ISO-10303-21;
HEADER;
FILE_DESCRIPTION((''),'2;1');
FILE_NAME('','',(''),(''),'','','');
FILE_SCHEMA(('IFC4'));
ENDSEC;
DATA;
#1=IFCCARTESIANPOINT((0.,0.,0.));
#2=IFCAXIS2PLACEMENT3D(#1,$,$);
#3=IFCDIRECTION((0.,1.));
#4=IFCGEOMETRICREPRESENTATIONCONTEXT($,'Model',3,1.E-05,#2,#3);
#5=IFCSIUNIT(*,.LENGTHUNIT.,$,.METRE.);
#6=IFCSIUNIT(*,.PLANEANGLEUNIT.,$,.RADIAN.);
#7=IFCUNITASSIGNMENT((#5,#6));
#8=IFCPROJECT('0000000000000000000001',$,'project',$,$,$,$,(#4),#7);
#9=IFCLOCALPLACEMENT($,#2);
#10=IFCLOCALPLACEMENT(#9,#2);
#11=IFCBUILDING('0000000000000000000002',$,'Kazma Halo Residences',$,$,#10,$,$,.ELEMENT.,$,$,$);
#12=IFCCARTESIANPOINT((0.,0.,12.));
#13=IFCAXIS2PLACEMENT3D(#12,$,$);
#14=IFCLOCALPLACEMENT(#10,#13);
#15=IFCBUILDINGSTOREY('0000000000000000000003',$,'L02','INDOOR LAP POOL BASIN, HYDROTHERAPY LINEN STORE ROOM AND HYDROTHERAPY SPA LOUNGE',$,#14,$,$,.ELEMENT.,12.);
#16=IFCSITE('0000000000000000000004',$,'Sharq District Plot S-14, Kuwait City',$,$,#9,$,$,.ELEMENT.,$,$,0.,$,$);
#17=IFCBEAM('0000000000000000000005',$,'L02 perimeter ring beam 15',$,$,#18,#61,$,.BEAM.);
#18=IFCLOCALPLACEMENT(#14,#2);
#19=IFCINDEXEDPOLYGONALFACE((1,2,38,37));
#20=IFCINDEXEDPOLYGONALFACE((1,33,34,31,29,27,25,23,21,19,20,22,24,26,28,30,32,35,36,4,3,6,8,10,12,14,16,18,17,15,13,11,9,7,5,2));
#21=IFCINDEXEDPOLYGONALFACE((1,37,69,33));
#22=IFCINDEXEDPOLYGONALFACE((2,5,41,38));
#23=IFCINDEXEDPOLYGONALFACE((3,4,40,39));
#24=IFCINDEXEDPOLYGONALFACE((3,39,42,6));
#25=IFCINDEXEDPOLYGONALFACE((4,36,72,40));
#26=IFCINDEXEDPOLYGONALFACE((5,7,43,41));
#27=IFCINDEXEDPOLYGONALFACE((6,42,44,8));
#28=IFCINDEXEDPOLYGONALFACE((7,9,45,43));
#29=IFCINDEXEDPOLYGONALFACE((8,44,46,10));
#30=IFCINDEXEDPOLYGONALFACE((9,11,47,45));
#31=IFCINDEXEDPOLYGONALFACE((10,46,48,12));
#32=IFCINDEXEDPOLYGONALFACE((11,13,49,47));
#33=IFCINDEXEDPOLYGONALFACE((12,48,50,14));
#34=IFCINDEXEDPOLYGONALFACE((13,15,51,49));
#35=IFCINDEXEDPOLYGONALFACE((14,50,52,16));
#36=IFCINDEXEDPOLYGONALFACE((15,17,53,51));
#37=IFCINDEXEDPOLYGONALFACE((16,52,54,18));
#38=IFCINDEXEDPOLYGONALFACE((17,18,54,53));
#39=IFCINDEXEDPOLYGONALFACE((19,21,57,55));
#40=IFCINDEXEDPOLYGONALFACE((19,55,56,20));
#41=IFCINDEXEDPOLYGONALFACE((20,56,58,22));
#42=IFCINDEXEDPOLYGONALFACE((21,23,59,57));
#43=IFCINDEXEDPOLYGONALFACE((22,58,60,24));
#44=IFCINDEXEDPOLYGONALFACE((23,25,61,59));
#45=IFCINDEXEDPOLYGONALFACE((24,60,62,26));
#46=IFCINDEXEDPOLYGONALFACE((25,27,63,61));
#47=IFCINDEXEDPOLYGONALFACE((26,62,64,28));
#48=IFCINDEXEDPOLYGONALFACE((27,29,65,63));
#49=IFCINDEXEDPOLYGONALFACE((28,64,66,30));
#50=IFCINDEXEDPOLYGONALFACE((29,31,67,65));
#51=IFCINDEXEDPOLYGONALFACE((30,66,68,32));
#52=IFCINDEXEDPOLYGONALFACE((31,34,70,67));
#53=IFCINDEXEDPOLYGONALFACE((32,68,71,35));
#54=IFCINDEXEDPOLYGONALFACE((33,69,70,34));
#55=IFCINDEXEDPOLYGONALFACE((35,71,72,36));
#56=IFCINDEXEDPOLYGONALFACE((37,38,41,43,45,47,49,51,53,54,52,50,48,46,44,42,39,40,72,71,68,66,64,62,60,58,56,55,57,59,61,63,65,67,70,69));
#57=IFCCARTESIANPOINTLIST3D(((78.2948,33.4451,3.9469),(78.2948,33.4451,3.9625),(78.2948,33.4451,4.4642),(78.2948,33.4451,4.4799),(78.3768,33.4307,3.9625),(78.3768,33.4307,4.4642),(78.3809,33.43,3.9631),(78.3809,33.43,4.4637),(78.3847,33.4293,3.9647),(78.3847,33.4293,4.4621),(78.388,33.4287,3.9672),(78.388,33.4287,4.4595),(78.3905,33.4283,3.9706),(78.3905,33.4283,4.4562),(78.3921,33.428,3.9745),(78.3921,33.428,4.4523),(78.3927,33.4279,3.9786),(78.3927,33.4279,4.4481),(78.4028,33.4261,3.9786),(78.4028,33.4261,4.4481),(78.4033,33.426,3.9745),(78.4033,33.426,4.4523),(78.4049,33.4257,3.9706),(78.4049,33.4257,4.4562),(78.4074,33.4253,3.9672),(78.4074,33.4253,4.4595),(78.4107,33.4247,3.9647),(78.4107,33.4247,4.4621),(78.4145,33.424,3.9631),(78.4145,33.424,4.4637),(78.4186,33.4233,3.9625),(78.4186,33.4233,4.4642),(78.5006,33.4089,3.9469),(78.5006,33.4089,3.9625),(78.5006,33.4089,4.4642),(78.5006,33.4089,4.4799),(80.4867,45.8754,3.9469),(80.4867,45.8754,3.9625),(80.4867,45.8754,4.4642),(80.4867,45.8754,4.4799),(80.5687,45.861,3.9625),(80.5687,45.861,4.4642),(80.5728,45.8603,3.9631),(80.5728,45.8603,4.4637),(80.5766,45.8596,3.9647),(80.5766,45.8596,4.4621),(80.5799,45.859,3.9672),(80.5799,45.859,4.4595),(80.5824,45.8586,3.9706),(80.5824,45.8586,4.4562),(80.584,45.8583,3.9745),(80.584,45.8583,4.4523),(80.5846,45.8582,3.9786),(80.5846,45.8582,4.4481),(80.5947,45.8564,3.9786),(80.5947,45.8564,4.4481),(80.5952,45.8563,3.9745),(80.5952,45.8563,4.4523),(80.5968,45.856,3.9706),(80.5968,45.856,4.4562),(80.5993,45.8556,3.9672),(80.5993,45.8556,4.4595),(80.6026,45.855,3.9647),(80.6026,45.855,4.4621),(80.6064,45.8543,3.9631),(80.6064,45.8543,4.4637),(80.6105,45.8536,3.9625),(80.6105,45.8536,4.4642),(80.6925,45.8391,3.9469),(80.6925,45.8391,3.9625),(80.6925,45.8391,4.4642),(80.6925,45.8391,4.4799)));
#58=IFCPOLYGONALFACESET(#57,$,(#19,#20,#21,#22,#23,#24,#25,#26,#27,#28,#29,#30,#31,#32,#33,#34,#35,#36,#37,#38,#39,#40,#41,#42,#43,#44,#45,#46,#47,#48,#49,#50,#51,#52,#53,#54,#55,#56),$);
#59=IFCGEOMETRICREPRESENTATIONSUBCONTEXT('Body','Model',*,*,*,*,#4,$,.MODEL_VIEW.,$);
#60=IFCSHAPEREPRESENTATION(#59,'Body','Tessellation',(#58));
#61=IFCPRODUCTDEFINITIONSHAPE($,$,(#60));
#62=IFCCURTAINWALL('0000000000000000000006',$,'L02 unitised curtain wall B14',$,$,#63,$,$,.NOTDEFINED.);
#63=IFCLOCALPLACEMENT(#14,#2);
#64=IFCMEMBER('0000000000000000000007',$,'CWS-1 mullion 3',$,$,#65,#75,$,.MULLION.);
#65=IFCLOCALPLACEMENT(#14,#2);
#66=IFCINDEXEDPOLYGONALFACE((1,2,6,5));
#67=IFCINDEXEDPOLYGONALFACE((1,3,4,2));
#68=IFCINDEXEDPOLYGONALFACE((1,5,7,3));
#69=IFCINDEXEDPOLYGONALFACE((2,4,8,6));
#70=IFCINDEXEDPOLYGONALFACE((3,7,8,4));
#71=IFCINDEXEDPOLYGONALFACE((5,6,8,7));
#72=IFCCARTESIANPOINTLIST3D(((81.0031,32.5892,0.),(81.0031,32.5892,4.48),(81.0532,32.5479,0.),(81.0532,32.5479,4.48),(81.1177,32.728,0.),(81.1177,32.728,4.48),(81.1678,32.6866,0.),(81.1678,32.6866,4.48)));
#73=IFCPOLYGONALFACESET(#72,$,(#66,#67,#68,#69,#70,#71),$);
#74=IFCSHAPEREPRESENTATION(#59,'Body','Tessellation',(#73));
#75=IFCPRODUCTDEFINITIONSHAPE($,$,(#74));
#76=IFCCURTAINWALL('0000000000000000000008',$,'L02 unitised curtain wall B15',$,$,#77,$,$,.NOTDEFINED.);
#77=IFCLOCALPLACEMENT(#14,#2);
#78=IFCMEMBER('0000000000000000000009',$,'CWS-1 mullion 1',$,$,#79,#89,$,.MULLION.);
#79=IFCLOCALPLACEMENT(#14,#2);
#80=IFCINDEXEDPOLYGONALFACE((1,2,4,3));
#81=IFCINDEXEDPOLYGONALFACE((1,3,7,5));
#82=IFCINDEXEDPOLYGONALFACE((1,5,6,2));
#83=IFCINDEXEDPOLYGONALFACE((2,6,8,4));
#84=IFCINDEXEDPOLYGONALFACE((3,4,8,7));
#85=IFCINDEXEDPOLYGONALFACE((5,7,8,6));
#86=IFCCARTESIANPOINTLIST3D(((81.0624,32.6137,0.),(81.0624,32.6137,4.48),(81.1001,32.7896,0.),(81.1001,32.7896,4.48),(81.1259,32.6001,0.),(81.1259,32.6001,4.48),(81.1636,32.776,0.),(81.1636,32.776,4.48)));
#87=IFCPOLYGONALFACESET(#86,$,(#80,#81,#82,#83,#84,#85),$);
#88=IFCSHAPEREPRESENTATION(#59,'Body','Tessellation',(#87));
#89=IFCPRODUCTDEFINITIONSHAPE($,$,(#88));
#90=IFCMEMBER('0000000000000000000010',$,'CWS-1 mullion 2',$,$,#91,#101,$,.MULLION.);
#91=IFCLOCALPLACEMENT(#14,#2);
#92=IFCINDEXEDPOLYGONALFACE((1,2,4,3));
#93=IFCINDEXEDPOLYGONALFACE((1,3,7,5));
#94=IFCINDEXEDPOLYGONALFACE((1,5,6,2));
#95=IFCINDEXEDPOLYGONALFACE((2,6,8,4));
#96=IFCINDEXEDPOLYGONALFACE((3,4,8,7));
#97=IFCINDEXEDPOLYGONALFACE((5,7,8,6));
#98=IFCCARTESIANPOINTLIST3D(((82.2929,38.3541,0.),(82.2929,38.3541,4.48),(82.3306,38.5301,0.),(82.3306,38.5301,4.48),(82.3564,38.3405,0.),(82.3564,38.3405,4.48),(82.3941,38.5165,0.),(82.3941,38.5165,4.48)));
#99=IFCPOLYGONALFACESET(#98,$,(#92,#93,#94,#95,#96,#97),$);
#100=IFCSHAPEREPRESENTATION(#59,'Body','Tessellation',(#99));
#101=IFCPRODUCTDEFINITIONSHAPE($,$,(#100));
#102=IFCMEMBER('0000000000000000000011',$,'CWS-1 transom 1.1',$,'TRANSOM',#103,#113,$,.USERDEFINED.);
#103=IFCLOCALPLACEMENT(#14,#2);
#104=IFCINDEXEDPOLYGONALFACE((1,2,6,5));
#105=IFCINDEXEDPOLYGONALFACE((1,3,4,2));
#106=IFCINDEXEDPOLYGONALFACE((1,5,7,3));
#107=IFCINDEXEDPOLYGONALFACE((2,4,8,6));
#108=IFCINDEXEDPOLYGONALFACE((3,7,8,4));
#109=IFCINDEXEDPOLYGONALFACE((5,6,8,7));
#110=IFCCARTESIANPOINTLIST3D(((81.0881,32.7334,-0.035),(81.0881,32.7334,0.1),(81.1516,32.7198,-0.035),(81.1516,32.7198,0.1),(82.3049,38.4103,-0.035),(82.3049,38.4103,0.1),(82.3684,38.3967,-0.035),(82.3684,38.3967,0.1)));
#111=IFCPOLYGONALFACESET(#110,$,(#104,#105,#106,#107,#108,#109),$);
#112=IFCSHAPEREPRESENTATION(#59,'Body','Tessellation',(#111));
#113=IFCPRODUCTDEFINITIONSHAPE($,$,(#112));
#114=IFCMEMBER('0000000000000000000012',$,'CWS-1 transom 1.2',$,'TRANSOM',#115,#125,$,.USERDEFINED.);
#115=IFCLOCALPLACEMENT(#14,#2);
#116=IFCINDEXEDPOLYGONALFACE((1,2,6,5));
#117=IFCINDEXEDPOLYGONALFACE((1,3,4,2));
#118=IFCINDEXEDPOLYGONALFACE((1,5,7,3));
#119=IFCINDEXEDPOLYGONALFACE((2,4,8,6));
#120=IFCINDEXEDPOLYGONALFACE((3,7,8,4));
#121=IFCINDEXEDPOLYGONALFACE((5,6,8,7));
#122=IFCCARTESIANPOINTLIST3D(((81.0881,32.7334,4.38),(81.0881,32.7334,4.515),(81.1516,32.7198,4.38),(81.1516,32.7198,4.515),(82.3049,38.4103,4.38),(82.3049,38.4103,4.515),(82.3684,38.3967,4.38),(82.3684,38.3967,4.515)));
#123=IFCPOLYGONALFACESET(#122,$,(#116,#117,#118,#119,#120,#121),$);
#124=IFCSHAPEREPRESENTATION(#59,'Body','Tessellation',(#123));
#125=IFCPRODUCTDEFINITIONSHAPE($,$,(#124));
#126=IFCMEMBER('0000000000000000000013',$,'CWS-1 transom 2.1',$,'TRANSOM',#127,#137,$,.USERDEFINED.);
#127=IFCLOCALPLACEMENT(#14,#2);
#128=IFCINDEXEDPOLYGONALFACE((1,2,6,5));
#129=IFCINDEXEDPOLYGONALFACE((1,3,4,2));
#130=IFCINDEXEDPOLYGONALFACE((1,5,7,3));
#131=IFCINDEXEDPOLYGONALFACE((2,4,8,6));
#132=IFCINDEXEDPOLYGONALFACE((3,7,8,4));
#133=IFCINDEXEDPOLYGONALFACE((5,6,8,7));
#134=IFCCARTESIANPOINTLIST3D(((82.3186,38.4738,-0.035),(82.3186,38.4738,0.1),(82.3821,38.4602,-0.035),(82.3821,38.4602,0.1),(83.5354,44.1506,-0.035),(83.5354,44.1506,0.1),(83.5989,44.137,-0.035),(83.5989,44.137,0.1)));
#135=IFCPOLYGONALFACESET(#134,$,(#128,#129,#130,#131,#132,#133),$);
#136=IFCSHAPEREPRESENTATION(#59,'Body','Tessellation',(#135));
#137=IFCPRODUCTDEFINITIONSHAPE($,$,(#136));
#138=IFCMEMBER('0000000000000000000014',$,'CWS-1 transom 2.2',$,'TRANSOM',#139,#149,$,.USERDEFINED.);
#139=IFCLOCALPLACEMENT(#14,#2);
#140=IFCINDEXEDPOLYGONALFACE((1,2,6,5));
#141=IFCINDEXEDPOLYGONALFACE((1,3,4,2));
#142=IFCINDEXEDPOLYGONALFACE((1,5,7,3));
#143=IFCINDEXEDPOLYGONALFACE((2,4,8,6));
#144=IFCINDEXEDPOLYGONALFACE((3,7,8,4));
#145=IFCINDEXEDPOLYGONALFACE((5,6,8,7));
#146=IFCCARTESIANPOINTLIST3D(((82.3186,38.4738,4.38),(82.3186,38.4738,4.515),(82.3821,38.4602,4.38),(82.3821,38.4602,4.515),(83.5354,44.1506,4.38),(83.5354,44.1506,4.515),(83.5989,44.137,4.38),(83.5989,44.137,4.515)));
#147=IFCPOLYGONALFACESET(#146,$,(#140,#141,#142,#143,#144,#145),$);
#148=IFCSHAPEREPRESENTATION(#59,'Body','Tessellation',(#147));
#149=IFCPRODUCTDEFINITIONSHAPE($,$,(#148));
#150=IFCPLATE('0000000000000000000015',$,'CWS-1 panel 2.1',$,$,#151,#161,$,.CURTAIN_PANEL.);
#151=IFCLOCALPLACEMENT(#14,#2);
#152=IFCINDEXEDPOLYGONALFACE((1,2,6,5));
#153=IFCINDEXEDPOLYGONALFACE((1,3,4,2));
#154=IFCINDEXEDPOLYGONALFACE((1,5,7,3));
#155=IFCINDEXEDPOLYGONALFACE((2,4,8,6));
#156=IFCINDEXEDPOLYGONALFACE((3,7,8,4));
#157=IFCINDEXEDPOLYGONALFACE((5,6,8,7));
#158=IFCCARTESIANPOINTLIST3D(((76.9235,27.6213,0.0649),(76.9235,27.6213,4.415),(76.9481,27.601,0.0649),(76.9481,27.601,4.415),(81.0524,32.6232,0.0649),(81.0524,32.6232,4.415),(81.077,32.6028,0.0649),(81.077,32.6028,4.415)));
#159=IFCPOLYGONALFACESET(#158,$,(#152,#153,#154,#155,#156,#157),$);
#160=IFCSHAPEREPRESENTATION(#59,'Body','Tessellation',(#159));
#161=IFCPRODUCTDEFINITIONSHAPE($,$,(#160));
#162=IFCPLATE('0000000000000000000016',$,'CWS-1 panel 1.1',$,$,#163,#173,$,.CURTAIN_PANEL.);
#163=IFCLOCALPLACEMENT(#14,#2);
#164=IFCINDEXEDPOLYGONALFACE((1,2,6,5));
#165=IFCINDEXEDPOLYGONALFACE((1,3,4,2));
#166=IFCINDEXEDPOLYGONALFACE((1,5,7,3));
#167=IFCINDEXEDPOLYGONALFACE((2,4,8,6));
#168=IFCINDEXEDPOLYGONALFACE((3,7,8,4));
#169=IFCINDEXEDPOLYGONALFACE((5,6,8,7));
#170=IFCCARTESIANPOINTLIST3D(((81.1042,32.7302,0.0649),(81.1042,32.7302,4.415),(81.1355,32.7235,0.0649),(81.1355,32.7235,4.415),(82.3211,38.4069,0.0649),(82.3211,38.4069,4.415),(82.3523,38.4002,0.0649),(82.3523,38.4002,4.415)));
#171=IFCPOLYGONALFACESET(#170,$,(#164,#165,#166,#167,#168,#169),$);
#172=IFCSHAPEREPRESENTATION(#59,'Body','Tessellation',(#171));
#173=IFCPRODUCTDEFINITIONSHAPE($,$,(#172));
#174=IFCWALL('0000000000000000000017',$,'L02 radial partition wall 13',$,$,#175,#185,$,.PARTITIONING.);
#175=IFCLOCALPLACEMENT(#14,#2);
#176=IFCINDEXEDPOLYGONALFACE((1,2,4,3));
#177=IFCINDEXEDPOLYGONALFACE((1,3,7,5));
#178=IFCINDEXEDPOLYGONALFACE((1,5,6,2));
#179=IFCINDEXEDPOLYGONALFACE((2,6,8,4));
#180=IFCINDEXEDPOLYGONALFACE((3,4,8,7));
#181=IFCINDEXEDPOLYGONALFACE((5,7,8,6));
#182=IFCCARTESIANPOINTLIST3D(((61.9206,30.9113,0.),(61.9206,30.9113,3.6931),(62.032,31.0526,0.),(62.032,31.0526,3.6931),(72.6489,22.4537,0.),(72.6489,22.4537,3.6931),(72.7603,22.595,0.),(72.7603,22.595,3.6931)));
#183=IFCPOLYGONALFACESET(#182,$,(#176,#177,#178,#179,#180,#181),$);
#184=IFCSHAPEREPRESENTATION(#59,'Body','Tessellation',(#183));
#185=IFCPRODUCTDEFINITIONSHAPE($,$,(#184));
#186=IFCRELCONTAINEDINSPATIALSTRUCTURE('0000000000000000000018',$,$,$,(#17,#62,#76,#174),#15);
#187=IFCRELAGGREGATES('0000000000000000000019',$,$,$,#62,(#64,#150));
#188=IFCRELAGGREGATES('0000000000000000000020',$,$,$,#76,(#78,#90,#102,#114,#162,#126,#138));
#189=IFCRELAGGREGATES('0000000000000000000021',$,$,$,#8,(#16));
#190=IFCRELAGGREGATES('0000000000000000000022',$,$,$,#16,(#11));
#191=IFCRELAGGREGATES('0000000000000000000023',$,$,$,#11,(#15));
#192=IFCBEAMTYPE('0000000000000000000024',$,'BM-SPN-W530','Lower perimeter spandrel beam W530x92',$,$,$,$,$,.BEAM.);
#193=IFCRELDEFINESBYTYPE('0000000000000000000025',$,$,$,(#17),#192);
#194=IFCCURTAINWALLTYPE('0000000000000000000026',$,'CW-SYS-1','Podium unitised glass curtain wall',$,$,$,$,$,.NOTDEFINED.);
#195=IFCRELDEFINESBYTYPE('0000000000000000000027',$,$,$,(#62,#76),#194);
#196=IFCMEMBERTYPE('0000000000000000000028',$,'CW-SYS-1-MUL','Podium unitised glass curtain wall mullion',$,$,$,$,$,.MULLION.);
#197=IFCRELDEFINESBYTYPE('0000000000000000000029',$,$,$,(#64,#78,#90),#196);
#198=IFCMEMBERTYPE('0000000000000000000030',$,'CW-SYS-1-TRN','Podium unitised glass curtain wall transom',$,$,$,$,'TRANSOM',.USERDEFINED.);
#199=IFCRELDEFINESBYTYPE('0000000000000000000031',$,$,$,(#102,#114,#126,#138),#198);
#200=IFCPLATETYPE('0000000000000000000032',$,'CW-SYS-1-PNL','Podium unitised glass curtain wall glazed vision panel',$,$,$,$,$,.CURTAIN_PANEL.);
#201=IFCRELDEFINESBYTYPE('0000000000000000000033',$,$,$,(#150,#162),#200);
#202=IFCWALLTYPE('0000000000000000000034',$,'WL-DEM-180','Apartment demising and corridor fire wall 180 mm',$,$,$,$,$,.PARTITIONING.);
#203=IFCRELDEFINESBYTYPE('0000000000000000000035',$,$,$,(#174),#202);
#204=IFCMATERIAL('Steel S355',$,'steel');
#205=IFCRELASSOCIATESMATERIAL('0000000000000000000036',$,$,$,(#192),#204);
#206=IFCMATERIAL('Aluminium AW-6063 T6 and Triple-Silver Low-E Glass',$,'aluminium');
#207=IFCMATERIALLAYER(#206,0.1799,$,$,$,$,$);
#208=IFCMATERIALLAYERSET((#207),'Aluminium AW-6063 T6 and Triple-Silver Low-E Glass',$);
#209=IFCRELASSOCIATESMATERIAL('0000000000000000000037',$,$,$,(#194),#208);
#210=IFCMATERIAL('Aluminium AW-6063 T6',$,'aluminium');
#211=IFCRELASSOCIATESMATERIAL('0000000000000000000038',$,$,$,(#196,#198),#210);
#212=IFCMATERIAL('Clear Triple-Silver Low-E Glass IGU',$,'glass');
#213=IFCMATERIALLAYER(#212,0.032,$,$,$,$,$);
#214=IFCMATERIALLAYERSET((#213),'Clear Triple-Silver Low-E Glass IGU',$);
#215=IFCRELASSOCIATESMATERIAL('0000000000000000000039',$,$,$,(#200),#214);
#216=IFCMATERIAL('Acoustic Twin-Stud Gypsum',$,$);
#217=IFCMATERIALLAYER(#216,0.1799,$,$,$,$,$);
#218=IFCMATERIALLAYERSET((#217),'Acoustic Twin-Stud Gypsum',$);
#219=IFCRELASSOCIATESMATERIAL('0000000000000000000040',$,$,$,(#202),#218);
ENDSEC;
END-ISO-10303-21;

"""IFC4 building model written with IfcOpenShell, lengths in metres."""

from ifc_helpers import new_model, si_unit, direction, frame, frame_2d, origin, origin_2d, place, context, subcontext, project, spatial, rectangle, i_section, extrude, material, layer, layer_set, material_profile, profile_set, type_object, element, aggregate, save


model = new_model("IFC4")

# Units and contexts
model_context = context("Model", 3, precision=1e-05, world=origin(), true_north=direction((0.0, 1.0)))
body_context = subcontext(model_context, "Body", "Model", "MODEL_VIEW")
ifc_project = project(units=[si_unit("LENGTHUNIT", "METRE"), si_unit("PLANEANGLEUNIT", "RADIAN")], contexts=[model_context])

# Site, building, storey
site_placement = place(None, origin())
site = spatial("IfcSite", under=ifc_project, at=site_placement, Name="Sharq District Plot S-14, Kuwait City", CompositionType="ELEMENT", RefElevation=0.0)
building_placement = place(site_placement, origin())
building = spatial("IfcBuilding", under=site, at=building_placement, Name="Kazma Halo Residences", CompositionType="ELEMENT")
storey_placement = place(building_placement, frame((0.0, 0.0, 12.0)))
storey = spatial("IfcBuildingStorey", under=building, at=storey_placement, Name="L02", Description="INDOOR LAP POOL BASIN, HYDROTHERAPY LINEN STORE ROOM AND HYDROTHERAPY SPA LOUNGE", CompositionType="ELEMENT", Elevation=12.0)

# Beam
ifc_material_1 = material(Name="Steel S355", Category="steel")
ifc_material_profile_1 = material_profile(ifc_material_1, i_section(OverallWidth=0.209, OverallDepth=0.533, WebThickness=0.0103, FlangeThickness=0.0156, FilletRadius=0.0161, at=origin_2d()), Name="W530x92")
ifc_profile_set_1 = profile_set([ifc_material_profile_1], Name="Steel S355")
beam_type_1 = type_object("IfcBeamType", Name="BM-SPN-W530", Description="Lower perimeter spandrel beam W530x92", PredefinedType="BEAM", material=ifc_profile_set_1)
beam_1_placement = place(storey_placement, frame((78.3977, 33.427, 4.2134), z_axis=(0.173657, 0.984806, 0.0), x_axis=(-0.984806, 0.173657, 0.0)))
element("IfcBeam", 1, at=beam_1_placement, inside=storey, type_object=beam_type_1, Name="L02 perimeter ring beam 15", PredefinedType="BEAM", context=body_context, shape_type="SweptSolid", body=[
    extrude(i_section(OverallWidth=0.209, OverallDepth=0.533, WebThickness=0.0103, FlangeThickness=0.0156, FilletRadius=0.0161, at=origin_2d()), origin(), (0.0, 0.0, 1.0), 12.6221),
])

# Curtain wall, member
ifc_material_2 = material(Name="Aluminium AW-6063 T6 and Triple-Silver Low-E Glass", Category="aluminium")
ifc_layer_1 = layer(ifc_material_2, 0.1799)
ifc_layer_set_1 = layer_set([ifc_layer_1], Name="Aluminium AW-6063 T6 and Triple-Silver Low-E Glass")
curtain_wall_type = type_object("IfcCurtainWallType", Name="CW-SYS-1", Description="Podium unitised glass curtain wall", PredefinedType="NOTDEFINED", material=ifc_layer_set_1)
curtain_wall_1_placement = place(storey_placement, origin())
curtain_wall_1 = element("IfcCurtainWall", 2, at=curtain_wall_1_placement, inside=storey, type_object=curtain_wall_type, Name="L02 unitised curtain wall B14", PredefinedType="NOTDEFINED")
ifc_material_3 = material(Name="Aluminium AW-6063 T6", Category="aluminium")
ifc_material_profile_2 = material_profile(ifc_material_3, rectangle(XDim=0.0649, YDim=0.1799, at=origin_2d()), Name="CWM-65x180")
ifc_profile_set_2 = profile_set([ifc_material_profile_2], Name="Aluminium AW-6063 T6")
member_type_1 = type_object("IfcMemberType", Name="CW-SYS-1-MUL", Description="Podium unitised glass curtain wall mullion", PredefinedType="MULLION", material=ifc_profile_set_2)
member_1_placement = place(storey_placement, frame((81.0854, 32.6379, 0.0), z_axis=(0.0, 0.0, 1.0), x_axis=(-0.771192, 0.636603, 0.0)))
member_1 = element("IfcMember", 3, at=member_1_placement, type_object=member_type_1, Name="CWS-1 mullion 3", PredefinedType="MULLION", context=body_context, shape_type="SweptSolid", body=[
    extrude(rectangle(XDim=0.0649, YDim=0.1799, at=origin_2d()), origin(), (0.0, 0.0, 1.0), 4.48),
])

# Curtain wall, members
curtain_wall_2_placement = place(storey_placement, origin())
curtain_wall_2 = element("IfcCurtainWall", 4, at=curtain_wall_2_placement, inside=storey, type_object=curtain_wall_type, Name="L02 unitised curtain wall B15", PredefinedType="NOTDEFINED")
member_2_placement = place(storey_placement, frame((81.113, 32.6948, 0.0), z_axis=(0.0, 0.0, 1.0), x_axis=(-0.977788, 0.209596, 0.0)))
member_2 = element("IfcMember", 5, at=member_2_placement, type_object=member_type_1, Name="CWS-1 mullion 1", PredefinedType="MULLION", context=body_context, shape_type="SweptSolid", body=[
    extrude(rectangle(XDim=0.0649, YDim=0.1799, at=origin_2d()), origin(), (0.0, 0.0, 1.0), 4.48),
])
member_3_placement = place(storey_placement, frame((82.3435, 38.4353, 0.0), z_axis=(0.0, 0.0, 1.0), x_axis=(-0.977788, 0.209596, 0.0)))
member_3 = element("IfcMember", 6, at=member_3_placement, type_object=member_type_1, Name="CWS-1 mullion 2", PredefinedType="MULLION", context=body_context, shape_type="SweptSolid", body=[
    extrude(rectangle(XDim=0.0649, YDim=0.1799, at=origin_2d()), origin(), (0.0, 0.0, 1.0), 4.48),
])
ifc_material_profile_3 = material_profile(ifc_material_3, rectangle(XDim=0.0649, YDim=0.135, at=origin_2d()), Name="CWT-65x135")
ifc_profile_set_3 = profile_set([ifc_material_profile_3], Name="Aluminium AW-6063 T6")
member_type_2 = type_object("IfcMemberType", Name="CW-SYS-1-TRN", Description="Podium unitised glass curtain wall transom", ElementType="TRANSOM", PredefinedType="USERDEFINED", material=ifc_profile_set_3)
member_4_placement = place(storey_placement, frame((81.1199, 32.7266, 0.0325), z_axis=(0.209578, 0.977792, 0.0), x_axis=(-0.977792, 0.209578, 0.0)))
member_4 = element("IfcMember", 7, at=member_4_placement, type_object=member_type_2, Name="CWS-1 transom 1.1", ObjectType="TRANSOM", PredefinedType="USERDEFINED", context=body_context, shape_type="SweptSolid", body=[
    extrude(rectangle(XDim=0.0649, YDim=0.135, at=origin_2d()), origin(), (0.0, 0.0, 1.0), 5.8059),
])
member_5_placement = place(storey_placement, frame((81.1199, 32.7266, 4.4475), z_axis=(0.209578, 0.977792, 0.0), x_axis=(-0.977792, 0.209578, 0.0)))
member_5 = element("IfcMember", 8, at=member_5_placement, type_object=member_type_2, Name="CWS-1 transom 1.2", ObjectType="TRANSOM", PredefinedType="USERDEFINED", context=body_context, shape_type="SweptSolid", body=[
    extrude(rectangle(XDim=0.0649, YDim=0.135, at=origin_2d()), origin(), (0.0, 0.0, 1.0), 5.8059),
])
member_6_placement = place(storey_placement, frame((82.3503, 38.467, 0.0325), z_axis=(0.209587, 0.97779, 0.0), x_axis=(-0.97779, 0.209587, 0.0)))
member_6 = element("IfcMember", 9, at=member_6_placement, type_object=member_type_2, Name="CWS-1 transom 2.1", ObjectType="TRANSOM", PredefinedType="USERDEFINED", context=body_context, shape_type="SweptSolid", body=[
    extrude(rectangle(XDim=0.0649, YDim=0.135, at=origin_2d()), origin(), (0.0, 0.0, 1.0), 5.8057),
])
member_7_placement = place(storey_placement, frame((82.3503, 38.467, 4.4475), z_axis=(0.209587, 0.97779, 0.0), x_axis=(-0.97779, 0.209587, 0.0)))
member_7 = element("IfcMember", 10, at=member_7_placement, type_object=member_type_2, Name="CWS-1 transom 2.2", ObjectType="TRANSOM", PredefinedType="USERDEFINED", context=body_context, shape_type="SweptSolid", body=[
    extrude(rectangle(XDim=0.0649, YDim=0.135, at=origin_2d()), origin(), (0.0, 0.0, 1.0), 5.8057),
])

# Plates
ifc_material_4 = material(Name="Clear Triple-Silver Low-E Glass IGU", Category="glass")
ifc_layer_2 = layer(ifc_material_4, 0.032)
ifc_layer_set_2 = layer_set([ifc_layer_2], Name="Clear Triple-Silver Low-E Glass IGU")
plate_type = type_object("IfcPlateType", Name="CW-SYS-1-PNL", Description="Podium unitised glass curtain wall glazed vision panel", PredefinedType="CURTAIN_PANEL", material=ifc_layer_set_2)
plate_1_placement = place(storey_placement, frame((79.0002, 30.1121, 0.0649), z_axis=(0.0, 0.0, 1.0), x_axis=(0.636603, 0.771192, 0.0)))
plate_1 = element("IfcPlate", 11, at=plate_1_placement, type_object=plate_type, Name="CWS-1 panel 2.1", PredefinedType="CURTAIN_PANEL", context=body_context, shape_type="SweptSolid", body=[
    extrude(rectangle(XDim=6.4858, YDim=0.032, at=origin_2d()), origin(), (0.0, 0.0, 1.0), 4.3501),
])
aggregate(curtain_wall_1, [member_1, plate_1])
plate_2_placement = place(storey_placement, frame((81.7283, 35.5652, 0.0649), z_axis=(0.0, 0.0, 1.0), x_axis=(0.209596, 0.977788, 0.0)))
plate_2 = element("IfcPlate", 12, at=plate_2_placement, type_object=plate_type, Name="CWS-1 panel 1.1", PredefinedType="CURTAIN_PANEL", context=body_context, shape_type="SweptSolid", body=[
    extrude(rectangle(XDim=5.8057, YDim=0.032, at=origin_2d()), origin(), (0.0, 0.0, 1.0), 4.3501),
])
aggregate(curtain_wall_2, [member_2, member_3, member_4, member_5, plate_2, member_6, member_7])

# Wall
ifc_material_5 = material(Name="Acoustic Twin-Stud Gypsum")
ifc_layer_3 = layer(ifc_material_5, 0.1799)
ifc_layer_set_3 = layer_set([ifc_layer_3], Name="Acoustic Twin-Stud Gypsum")
wall_type_1 = type_object("IfcWallType", Name="WL-DEM-180", Description="Apartment demising and corridor fire wall 180 mm", PredefinedType="PARTITIONING", material=ifc_layer_set_3)
wall_1_placement = place(storey_placement, frame((61.9763, 30.9819, 0.0), z_axis=(0.0, 0.0, 1.0), x_axis=(0.785316, -0.619095, 0.0)))
element("IfcWall", 13, at=wall_1_placement, inside=storey, type_object=wall_type_1, Name="L02 radial partition wall 13", PredefinedType="PARTITIONING", context=body_context, shape_type="SweptSolid", body=[
    extrude(rectangle(XDim=13.6611, YDim=0.1799, at=frame_2d((6.8306, 0.0))), origin(), (0.0, 0.0, 1.0), 3.6931),
])

save(model, "model.ifc")
